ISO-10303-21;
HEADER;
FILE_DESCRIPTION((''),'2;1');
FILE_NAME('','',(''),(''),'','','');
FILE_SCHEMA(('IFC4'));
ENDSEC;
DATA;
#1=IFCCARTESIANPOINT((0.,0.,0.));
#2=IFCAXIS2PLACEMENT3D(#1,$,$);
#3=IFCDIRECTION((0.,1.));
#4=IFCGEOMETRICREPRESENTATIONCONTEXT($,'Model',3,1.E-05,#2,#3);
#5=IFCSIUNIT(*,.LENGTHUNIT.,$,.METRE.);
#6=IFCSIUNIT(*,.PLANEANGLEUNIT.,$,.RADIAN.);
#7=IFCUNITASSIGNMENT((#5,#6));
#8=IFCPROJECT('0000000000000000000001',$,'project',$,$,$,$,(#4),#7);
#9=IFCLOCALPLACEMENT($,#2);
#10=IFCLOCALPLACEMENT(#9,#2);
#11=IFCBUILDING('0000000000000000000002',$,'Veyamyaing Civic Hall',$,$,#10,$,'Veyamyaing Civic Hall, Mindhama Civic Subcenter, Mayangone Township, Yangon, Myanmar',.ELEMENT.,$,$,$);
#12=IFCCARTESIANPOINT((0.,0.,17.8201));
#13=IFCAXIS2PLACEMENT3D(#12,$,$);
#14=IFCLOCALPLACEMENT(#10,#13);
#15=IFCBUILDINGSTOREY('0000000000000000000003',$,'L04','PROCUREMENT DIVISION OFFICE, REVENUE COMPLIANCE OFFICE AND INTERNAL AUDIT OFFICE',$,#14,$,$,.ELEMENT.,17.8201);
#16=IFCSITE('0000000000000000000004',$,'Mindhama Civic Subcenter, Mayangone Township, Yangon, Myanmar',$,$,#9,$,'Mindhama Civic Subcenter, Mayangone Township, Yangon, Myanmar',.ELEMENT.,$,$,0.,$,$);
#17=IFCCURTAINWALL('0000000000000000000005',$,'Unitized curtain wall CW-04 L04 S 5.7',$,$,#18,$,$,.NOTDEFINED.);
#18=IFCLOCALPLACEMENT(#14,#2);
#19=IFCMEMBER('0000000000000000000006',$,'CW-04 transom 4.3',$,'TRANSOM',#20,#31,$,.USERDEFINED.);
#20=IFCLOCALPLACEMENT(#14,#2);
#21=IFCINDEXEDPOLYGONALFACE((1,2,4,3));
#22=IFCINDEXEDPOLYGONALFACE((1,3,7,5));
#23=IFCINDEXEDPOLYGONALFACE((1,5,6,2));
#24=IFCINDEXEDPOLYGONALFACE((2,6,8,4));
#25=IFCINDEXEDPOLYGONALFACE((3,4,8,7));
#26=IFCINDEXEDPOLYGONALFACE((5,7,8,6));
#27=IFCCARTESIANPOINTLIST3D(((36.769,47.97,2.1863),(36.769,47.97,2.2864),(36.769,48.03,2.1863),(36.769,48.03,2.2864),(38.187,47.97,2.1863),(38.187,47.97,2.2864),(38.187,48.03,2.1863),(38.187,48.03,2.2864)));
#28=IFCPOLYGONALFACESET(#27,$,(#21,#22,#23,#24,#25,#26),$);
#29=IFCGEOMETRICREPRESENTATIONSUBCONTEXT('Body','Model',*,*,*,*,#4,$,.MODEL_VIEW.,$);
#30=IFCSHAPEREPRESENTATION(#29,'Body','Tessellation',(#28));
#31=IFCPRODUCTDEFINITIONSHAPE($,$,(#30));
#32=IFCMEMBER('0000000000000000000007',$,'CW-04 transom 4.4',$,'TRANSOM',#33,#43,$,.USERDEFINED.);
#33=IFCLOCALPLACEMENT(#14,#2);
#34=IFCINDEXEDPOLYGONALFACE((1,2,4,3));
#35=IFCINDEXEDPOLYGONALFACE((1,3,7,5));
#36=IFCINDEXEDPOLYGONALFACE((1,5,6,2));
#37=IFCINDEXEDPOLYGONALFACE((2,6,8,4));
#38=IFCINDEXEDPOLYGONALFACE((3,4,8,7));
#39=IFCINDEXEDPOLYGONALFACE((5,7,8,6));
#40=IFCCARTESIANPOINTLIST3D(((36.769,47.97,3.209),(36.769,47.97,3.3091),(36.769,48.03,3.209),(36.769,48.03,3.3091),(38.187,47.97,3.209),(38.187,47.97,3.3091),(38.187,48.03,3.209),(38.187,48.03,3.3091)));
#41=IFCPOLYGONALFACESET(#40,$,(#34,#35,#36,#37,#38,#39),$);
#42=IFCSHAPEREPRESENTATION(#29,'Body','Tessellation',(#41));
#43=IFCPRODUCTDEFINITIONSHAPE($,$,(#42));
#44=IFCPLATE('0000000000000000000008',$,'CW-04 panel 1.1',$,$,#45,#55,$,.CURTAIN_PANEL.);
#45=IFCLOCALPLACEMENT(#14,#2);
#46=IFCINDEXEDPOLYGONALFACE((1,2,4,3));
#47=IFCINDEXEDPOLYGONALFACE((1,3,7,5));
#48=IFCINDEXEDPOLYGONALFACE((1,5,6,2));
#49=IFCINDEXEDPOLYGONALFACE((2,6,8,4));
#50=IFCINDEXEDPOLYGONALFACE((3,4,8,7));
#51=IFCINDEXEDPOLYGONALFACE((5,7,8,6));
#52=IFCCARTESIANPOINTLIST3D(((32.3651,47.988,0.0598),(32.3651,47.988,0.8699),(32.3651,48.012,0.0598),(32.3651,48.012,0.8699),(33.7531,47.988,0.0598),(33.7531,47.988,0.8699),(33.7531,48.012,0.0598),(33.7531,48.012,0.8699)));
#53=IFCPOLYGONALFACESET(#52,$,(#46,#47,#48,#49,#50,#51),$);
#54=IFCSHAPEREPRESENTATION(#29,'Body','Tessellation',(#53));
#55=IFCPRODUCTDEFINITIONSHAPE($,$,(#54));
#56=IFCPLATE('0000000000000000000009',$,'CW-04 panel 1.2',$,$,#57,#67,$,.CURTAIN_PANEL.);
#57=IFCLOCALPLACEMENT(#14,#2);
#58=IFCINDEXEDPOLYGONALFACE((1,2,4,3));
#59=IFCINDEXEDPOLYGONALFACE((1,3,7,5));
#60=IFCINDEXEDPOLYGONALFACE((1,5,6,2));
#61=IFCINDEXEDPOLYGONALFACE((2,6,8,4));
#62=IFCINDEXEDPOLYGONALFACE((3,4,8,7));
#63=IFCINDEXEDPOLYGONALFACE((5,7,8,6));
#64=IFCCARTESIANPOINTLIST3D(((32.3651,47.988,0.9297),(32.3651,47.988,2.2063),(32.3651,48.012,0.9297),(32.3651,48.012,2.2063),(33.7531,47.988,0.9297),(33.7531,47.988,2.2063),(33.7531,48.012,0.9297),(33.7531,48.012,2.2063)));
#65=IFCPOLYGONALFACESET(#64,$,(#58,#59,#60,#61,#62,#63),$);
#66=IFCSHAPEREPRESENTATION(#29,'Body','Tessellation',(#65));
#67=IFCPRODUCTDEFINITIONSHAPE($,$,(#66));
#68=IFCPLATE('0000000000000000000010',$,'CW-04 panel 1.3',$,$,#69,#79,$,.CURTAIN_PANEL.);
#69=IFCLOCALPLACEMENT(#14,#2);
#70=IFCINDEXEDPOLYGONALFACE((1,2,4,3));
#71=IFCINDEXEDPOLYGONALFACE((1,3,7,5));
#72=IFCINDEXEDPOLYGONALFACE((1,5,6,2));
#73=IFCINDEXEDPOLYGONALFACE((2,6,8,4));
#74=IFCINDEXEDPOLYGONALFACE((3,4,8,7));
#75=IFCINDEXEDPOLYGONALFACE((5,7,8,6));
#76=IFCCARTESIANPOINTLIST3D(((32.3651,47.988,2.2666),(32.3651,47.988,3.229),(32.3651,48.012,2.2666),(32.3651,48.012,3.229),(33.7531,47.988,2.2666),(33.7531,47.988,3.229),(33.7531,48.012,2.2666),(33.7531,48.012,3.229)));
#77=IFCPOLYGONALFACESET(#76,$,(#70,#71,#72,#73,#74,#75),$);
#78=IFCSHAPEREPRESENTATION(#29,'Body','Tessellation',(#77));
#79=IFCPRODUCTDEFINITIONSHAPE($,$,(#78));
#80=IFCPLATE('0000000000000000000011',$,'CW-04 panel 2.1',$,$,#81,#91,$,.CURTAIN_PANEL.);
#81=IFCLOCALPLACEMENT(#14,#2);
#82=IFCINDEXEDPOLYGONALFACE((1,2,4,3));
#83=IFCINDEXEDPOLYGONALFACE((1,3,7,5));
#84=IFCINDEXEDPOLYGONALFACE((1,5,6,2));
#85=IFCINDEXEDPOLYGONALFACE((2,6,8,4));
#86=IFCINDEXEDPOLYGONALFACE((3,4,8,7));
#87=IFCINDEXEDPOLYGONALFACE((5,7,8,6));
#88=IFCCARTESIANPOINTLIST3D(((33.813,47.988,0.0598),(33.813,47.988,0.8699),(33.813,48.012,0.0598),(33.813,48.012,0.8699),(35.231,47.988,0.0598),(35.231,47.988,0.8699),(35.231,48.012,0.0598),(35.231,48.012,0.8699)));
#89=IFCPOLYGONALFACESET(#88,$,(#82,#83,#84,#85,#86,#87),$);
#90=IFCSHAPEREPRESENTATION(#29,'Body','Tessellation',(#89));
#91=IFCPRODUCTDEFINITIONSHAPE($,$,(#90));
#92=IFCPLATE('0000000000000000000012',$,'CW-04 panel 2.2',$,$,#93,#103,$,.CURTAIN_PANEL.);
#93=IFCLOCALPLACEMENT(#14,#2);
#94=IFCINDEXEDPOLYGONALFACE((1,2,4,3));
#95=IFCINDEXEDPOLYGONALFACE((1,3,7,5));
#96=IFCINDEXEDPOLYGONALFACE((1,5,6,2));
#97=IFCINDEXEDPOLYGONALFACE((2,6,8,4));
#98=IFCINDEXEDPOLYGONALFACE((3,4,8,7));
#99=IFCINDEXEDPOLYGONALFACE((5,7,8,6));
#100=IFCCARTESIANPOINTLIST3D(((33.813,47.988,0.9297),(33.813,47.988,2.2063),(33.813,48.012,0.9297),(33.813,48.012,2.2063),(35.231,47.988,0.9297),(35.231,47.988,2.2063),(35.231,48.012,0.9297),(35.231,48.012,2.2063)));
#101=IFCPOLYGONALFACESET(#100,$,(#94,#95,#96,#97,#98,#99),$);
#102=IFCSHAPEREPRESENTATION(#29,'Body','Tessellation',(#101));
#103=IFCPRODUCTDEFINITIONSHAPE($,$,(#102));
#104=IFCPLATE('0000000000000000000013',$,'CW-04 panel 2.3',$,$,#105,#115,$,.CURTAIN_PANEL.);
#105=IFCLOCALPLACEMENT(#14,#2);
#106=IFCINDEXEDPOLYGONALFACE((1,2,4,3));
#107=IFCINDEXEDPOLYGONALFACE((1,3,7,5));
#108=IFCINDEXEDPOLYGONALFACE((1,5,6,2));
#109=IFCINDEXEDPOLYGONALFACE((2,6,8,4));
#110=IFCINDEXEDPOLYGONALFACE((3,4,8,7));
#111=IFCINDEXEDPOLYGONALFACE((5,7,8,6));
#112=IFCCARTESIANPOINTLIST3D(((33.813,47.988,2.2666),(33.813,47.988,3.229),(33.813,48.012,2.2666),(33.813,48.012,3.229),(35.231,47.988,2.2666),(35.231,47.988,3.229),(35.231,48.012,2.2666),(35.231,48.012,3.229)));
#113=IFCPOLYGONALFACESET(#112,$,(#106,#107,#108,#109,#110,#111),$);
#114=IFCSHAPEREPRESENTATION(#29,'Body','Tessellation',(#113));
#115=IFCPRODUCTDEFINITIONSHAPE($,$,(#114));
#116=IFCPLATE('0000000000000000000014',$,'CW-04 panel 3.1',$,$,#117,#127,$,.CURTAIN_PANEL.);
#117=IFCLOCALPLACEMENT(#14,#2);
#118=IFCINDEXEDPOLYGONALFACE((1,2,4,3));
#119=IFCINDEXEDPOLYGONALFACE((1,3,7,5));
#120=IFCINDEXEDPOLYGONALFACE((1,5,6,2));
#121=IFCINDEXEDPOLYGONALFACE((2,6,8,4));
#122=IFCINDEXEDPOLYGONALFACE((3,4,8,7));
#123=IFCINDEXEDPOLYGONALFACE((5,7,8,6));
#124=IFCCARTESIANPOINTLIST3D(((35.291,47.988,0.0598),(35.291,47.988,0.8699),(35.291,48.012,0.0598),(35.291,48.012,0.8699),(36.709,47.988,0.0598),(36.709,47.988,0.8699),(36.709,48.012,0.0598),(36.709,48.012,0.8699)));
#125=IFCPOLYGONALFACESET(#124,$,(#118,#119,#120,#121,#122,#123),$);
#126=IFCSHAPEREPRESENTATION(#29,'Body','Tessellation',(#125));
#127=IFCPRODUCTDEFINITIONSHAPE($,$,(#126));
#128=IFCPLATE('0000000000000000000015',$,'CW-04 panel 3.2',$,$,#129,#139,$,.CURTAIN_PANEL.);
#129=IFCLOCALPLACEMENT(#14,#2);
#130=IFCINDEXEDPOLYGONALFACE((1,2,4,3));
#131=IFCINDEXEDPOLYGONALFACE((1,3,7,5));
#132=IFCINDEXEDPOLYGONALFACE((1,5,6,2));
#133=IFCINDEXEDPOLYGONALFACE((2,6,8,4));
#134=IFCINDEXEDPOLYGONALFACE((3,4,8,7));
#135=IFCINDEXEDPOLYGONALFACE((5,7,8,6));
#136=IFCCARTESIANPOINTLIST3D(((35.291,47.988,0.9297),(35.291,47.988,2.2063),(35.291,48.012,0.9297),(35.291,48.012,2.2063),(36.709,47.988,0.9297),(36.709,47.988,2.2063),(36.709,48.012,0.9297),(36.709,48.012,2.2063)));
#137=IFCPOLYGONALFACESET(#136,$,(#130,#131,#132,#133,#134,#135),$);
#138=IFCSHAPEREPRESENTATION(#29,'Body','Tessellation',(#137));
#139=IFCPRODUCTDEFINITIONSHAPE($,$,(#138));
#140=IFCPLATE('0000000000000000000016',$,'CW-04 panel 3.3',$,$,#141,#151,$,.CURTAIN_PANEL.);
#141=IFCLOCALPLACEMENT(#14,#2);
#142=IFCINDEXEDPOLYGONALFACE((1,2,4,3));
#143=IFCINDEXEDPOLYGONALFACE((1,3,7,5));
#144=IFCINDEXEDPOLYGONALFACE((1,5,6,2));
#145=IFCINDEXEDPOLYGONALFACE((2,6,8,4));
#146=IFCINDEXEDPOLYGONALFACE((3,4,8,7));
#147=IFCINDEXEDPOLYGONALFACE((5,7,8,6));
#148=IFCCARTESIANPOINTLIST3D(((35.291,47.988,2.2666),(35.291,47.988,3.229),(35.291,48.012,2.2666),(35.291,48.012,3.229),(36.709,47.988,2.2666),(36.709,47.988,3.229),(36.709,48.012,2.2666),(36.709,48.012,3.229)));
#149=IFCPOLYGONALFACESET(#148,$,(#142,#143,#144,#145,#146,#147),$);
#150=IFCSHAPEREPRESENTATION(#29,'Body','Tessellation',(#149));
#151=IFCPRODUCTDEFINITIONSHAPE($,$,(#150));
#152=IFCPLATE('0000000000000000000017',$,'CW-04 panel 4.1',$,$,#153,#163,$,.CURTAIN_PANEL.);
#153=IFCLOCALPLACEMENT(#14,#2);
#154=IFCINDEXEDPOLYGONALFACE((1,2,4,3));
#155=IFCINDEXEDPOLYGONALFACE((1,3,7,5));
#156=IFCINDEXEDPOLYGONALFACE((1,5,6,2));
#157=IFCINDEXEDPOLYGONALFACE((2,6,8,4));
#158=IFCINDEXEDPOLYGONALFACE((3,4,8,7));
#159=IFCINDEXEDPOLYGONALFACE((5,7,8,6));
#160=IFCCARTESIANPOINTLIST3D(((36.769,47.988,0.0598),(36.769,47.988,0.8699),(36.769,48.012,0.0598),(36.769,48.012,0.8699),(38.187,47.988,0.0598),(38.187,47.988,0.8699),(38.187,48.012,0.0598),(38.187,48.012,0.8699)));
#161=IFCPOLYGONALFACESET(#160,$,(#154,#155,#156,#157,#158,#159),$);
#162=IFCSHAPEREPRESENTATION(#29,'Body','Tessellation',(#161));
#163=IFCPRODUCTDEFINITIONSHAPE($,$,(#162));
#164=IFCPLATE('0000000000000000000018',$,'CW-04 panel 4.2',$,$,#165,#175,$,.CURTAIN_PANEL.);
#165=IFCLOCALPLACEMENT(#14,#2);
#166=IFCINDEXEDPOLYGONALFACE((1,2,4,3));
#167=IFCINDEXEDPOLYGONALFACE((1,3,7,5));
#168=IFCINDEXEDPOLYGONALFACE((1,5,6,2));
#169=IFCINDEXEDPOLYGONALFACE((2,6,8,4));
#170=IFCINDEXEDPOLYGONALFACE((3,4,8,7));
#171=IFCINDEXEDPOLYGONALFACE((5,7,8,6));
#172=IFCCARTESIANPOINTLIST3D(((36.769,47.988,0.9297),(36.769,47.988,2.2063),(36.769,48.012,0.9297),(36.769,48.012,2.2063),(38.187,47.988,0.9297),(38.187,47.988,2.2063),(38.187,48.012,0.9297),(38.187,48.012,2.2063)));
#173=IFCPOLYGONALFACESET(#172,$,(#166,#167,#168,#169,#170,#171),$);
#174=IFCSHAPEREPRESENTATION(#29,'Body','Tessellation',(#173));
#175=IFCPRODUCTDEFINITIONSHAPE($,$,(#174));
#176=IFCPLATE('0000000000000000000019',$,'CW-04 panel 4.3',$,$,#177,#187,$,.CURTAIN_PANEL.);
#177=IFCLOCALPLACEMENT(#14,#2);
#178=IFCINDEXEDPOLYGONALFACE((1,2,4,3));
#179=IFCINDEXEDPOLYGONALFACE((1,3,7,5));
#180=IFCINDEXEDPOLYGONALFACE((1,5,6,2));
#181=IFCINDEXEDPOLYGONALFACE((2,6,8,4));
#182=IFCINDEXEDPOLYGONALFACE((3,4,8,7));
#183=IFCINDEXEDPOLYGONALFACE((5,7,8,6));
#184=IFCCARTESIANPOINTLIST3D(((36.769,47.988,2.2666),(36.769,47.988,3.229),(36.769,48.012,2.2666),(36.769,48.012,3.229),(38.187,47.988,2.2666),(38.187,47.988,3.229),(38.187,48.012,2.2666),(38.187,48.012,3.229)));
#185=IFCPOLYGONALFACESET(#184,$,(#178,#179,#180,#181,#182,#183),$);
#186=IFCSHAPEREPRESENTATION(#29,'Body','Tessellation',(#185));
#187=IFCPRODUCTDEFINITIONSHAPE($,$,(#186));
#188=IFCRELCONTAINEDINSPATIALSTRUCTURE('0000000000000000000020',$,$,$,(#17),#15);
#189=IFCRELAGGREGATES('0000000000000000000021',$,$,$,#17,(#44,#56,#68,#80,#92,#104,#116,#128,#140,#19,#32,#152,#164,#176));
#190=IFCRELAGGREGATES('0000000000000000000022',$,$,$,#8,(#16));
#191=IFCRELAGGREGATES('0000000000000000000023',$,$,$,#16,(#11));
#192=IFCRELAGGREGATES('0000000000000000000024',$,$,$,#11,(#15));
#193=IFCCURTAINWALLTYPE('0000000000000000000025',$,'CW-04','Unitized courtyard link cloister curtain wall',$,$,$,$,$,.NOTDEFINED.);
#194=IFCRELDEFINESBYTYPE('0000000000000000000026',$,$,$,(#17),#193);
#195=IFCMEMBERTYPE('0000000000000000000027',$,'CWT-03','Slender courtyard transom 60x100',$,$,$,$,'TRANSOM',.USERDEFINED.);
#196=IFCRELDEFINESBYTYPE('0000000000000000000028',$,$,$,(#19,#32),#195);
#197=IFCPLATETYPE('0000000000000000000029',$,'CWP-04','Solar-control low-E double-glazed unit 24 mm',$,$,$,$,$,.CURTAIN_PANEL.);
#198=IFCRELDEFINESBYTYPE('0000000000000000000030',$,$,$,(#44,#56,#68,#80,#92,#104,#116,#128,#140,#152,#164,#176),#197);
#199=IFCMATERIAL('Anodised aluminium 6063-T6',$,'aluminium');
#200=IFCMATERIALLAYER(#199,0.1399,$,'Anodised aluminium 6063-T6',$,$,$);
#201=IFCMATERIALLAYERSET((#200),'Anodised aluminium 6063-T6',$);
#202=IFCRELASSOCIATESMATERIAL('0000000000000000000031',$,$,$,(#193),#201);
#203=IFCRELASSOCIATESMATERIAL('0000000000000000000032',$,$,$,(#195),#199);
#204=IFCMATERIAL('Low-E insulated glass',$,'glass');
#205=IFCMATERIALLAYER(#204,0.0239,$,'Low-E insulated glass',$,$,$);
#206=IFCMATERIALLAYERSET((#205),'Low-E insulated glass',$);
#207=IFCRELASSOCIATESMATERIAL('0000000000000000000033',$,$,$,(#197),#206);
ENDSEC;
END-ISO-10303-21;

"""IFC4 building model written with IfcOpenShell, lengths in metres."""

from ifc_helpers import new_model, si_unit, direction, frame, origin, origin_2d, place, context, subcontext, project, spatial, rectangle, extrude, material, layer, layer_set, material_profile, profile_set, type_object, element, aggregate, save


model = new_model("IFC4")

# Units and contexts
model_context = context("Model", 3, precision=1e-05, world=origin(), true_north=direction((0.0, 1.0)))
body_context = subcontext(model_context, "Body", "Model", "MODEL_VIEW")
ifc_project = project(units=[si_unit("LENGTHUNIT", "METRE"), si_unit("PLANEANGLEUNIT", "RADIAN")], contexts=[model_context])

# Site, building, storey
site_placement = place(None, origin())
site = spatial("IfcSite", under=ifc_project, at=site_placement, Name="Mindhama Civic Subcenter, Mayangone Township, Yangon, Myanmar", LongName="Mindhama Civic Subcenter, Mayangone Township, Yangon, Myanmar", CompositionType="ELEMENT", RefElevation=0.0)
building_placement = place(site_placement, origin())
building = spatial("IfcBuilding", under=site, at=building_placement, Name="Veyamyaing Civic Hall", LongName="Veyamyaing Civic Hall, Mindhama Civic Subcenter, Mayangone Township, Yangon, Myanmar", CompositionType="ELEMENT")
storey_placement = place(building_placement, frame((0.0, 0.0, 17.8201)))
storey = spatial("IfcBuildingStorey", under=building, at=storey_placement, Name="L04", Description="PROCUREMENT DIVISION OFFICE, REVENUE COMPLIANCE OFFICE AND INTERNAL AUDIT OFFICE", CompositionType="ELEMENT", Elevation=17.8201)

# Curtain wall, members, plates
ifc_material_1 = material(Name="Anodised aluminium 6063-T6", Category="aluminium")
ifc_layer_1 = layer(ifc_material_1, 0.1399, Name="Anodised aluminium 6063-T6")
ifc_layer_set_1 = layer_set([ifc_layer_1], Name="Anodised aluminium 6063-T6")
curtain_wall_type = type_object("IfcCurtainWallType", Name="CW-04", Description="Unitized courtyard link cloister curtain wall", PredefinedType="NOTDEFINED", material=ifc_layer_set_1)
curtain_wall_placement = place(storey_placement, origin())
curtain_wall = element("IfcCurtainWall", 1, at=curtain_wall_placement, inside=storey, type_object=curtain_wall_type, Name="Unitized curtain wall CW-04 L04 S 5.7", PredefinedType="NOTDEFINED")
ifc_material_profile_1 = material_profile(ifc_material_1, rectangle(XDim=0.0601, YDim=0.1001, at=origin_2d()), Name="ALU-TRN-60X100")
ifc_profile_set_1 = profile_set([ifc_material_profile_1], Name="Anodised aluminium 6063-T6")
member_type_1 = type_object("IfcMemberType", Name="CWT-03", Description="Slender courtyard transom 60x100", ElementType="TRANSOM", PredefinedType="USERDEFINED", material=ifc_profile_set_1)
member_1_placement = place(storey_placement, frame((36.769, 48.0, 2.2363), z_axis=(1.0, 0.0, 0.0), x_axis=(0.0, 1.0, 0.0)))
member_1 = element("IfcMember", 2, at=member_1_placement, type_object=member_type_1, Name="CW-04 transom 4.3", ObjectType="TRANSOM", PredefinedType="USERDEFINED", context=body_context, shape_type="SweptSolid", body=[
    extrude(rectangle(XDim=0.0601, YDim=0.1001, at=origin_2d()), origin(), (0.0, 0.0, 1.0), 1.418),
])
member_2_placement = place(storey_placement, frame((36.769, 48.0, 3.259), z_axis=(1.0, 0.0, 0.0), x_axis=(0.0, 1.0, 0.0)))
member_2 = element("IfcMember", 3, at=member_2_placement, type_object=member_type_1, Name="CW-04 transom 4.4", ObjectType="TRANSOM", PredefinedType="USERDEFINED", context=body_context, shape_type="SweptSolid", body=[
    extrude(rectangle(XDim=0.0601, YDim=0.1001, at=origin_2d()), origin(), (0.0, 0.0, 1.0), 1.418),
])
ifc_material_2 = material(Name="Low-E insulated glass", Category="glass")
ifc_layer_2 = layer(ifc_material_2, 0.0239, Name="Low-E insulated glass")
ifc_layer_set_2 = layer_set([ifc_layer_2], Name="Low-E insulated glass")
plate_type = type_object("IfcPlateType", Name="CWP-04", Description="Solar-control low-E double-glazed unit 24 mm", PredefinedType="CURTAIN_PANEL", material=ifc_layer_set_2)
plate_1_placement = place(storey_placement, frame((33.0591, 48.0, 0.0598), z_axis=(0.0, 0.0, 1.0), x_axis=(1.0, 0.0, 0.0)))
plate_1 = element("IfcPlate", 4, at=plate_1_placement, type_object=plate_type, Name="CW-04 panel 1.1", PredefinedType="CURTAIN_PANEL", context=body_context, shape_type="SweptSolid", body=[
    extrude(rectangle(XDim=1.3879, YDim=0.0239, at=origin_2d()), origin(), (0.0, 0.0, 1.0), 0.8101),
])
plate_2_placement = place(storey_placement, frame((33.0591, 48.0, 0.9297), z_axis=(0.0, 0.0, 1.0), x_axis=(1.0, 0.0, 0.0)))
plate_2 = element("IfcPlate", 5, at=plate_2_placement, type_object=plate_type, Name="CW-04 panel 1.2", PredefinedType="CURTAIN_PANEL", context=body_context, shape_type="SweptSolid", body=[
    extrude(rectangle(XDim=1.3879, YDim=0.0239, at=origin_2d()), origin(), (0.0, 0.0, 1.0), 1.2766),
])
plate_3_placement = place(storey_placement, frame((33.0591, 48.0, 2.2666), z_axis=(0.0, 0.0, 1.0), x_axis=(1.0, 0.0, 0.0)))
plate_3 = element("IfcPlate", 6, at=plate_3_placement, type_object=plate_type, Name="CW-04 panel 1.3", PredefinedType="CURTAIN_PANEL", context=body_context, shape_type="SweptSolid", body=[
    extrude(rectangle(XDim=1.3879, YDim=0.0239, at=origin_2d()), origin(), (0.0, 0.0, 1.0), 0.9624),
])
plate_4_placement = place(storey_placement, frame((34.522, 48.0, 0.0598), z_axis=(0.0, 0.0, 1.0), x_axis=(1.0, 0.0, 0.0)))
plate_4 = element("IfcPlate", 7, at=plate_4_placement, type_object=plate_type, Name="CW-04 panel 2.1", PredefinedType="CURTAIN_PANEL", context=body_context, shape_type="SweptSolid", body=[
    extrude(rectangle(XDim=1.418, YDim=0.0239, at=origin_2d()), origin(), (0.0, 0.0, 1.0), 0.8101),
])
plate_5_placement = place(storey_placement, frame((34.522, 48.0, 0.9297), z_axis=(0.0, 0.0, 1.0), x_axis=(1.0, 0.0, 0.0)))
plate_5 = element("IfcPlate", 8, at=plate_5_placement, type_object=plate_type, Name="CW-04 panel 2.2", PredefinedType="CURTAIN_PANEL", context=body_context, shape_type="SweptSolid", body=[
    extrude(rectangle(XDim=1.418, YDim=0.0239, at=origin_2d()), origin(), (0.0, 0.0, 1.0), 1.2766),
])
plate_6_placement = place(storey_placement, frame((34.522, 48.0, 2.2666), z_axis=(0.0, 0.0, 1.0), x_axis=(1.0, 0.0, 0.0)))
plate_6 = element("IfcPlate", 9, at=plate_6_placement, type_object=plate_type, Name="CW-04 panel 2.3", PredefinedType="CURTAIN_PANEL", context=body_context, shape_type="SweptSolid", body=[
    extrude(rectangle(XDim=1.418, YDim=0.0239, at=origin_2d()), origin(), (0.0, 0.0, 1.0), 0.9624),
])
plate_7_placement = place(storey_placement, frame((36.0, 48.0, 0.0598), z_axis=(0.0, 0.0, 1.0), x_axis=(1.0, 0.0, 0.0)))
plate_7 = element("IfcPlate", 10, at=plate_7_placement, type_object=plate_type, Name="CW-04 panel 3.1", PredefinedType="CURTAIN_PANEL", context=body_context, shape_type="SweptSolid", body=[
    extrude(rectangle(XDim=1.418, YDim=0.0239, at=origin_2d()), origin(), (0.0, 0.0, 1.0), 0.8101),
])
plate_8_placement = place(storey_placement, frame((36.0, 48.0, 0.9297), z_axis=(0.0, 0.0, 1.0), x_axis=(1.0, 0.0, 0.0)))
plate_8 = element("IfcPlate", 11, at=plate_8_placement, type_object=plate_type, Name="CW-04 panel 3.2", PredefinedType="CURTAIN_PANEL", context=body_context, shape_type="SweptSolid", body=[
    extrude(rectangle(XDim=1.418, YDim=0.0239, at=origin_2d()), origin(), (0.0, 0.0, 1.0), 1.2766),
])
plate_9_placement = place(storey_placement, frame((36.0, 48.0, 2.2666), z_axis=(0.0, 0.0, 1.0), x_axis=(1.0, 0.0, 0.0)))
plate_9 = element("IfcPlate", 12, at=plate_9_placement, type_object=plate_type, Name="CW-04 panel 3.3", PredefinedType="CURTAIN_PANEL", context=body_context, shape_type="SweptSolid", body=[
    extrude(rectangle(XDim=1.418, YDim=0.0239, at=origin_2d()), origin(), (0.0, 0.0, 1.0), 0.9624),
])
plate_10_placement = place(storey_placement, frame((37.478, 48.0, 0.0598), z_axis=(0.0, 0.0, 1.0), x_axis=(1.0, 0.0, 0.0)))
plate_10 = element("IfcPlate", 13, at=plate_10_placement, type_object=plate_type, Name="CW-04 panel 4.1", PredefinedType="CURTAIN_PANEL", context=body_context, shape_type="SweptSolid", body=[
    extrude(rectangle(XDim=1.418, YDim=0.0239, at=origin_2d()), origin(), (0.0, 0.0, 1.0), 0.8101),
])
plate_11_placement = place(storey_placement, frame((37.478, 48.0, 0.9297), z_axis=(0.0, 0.0, 1.0), x_axis=(1.0, 0.0, 0.0)))
plate_11 = element("IfcPlate", 14, at=plate_11_placement, type_object=plate_type, Name="CW-04 panel 4.2", PredefinedType="CURTAIN_PANEL", context=body_context, shape_type="SweptSolid", body=[
    extrude(rectangle(XDim=1.418, YDim=0.0239, at=origin_2d()), origin(), (0.0, 0.0, 1.0), 1.2766),
])
plate_12_placement = place(storey_placement, frame((37.478, 48.0, 2.2666), z_axis=(0.0, 0.0, 1.0), x_axis=(1.0, 0.0, 0.0)))
plate_12 = element("IfcPlate", 15, at=plate_12_placement, type_object=plate_type, Name="CW-04 panel 4.3", PredefinedType="CURTAIN_PANEL", context=body_context, shape_type="SweptSolid", body=[
    extrude(rectangle(XDim=1.418, YDim=0.0239, at=origin_2d()), origin(), (0.0, 0.0, 1.0), 0.9624),
])
aggregate(curtain_wall, [plate_1, plate_2, plate_3, plate_4, plate_5, plate_6, plate_7, plate_8, plate_9, member_1, member_2, plate_10, plate_11, plate_12])

save(model, "model.ifc")
